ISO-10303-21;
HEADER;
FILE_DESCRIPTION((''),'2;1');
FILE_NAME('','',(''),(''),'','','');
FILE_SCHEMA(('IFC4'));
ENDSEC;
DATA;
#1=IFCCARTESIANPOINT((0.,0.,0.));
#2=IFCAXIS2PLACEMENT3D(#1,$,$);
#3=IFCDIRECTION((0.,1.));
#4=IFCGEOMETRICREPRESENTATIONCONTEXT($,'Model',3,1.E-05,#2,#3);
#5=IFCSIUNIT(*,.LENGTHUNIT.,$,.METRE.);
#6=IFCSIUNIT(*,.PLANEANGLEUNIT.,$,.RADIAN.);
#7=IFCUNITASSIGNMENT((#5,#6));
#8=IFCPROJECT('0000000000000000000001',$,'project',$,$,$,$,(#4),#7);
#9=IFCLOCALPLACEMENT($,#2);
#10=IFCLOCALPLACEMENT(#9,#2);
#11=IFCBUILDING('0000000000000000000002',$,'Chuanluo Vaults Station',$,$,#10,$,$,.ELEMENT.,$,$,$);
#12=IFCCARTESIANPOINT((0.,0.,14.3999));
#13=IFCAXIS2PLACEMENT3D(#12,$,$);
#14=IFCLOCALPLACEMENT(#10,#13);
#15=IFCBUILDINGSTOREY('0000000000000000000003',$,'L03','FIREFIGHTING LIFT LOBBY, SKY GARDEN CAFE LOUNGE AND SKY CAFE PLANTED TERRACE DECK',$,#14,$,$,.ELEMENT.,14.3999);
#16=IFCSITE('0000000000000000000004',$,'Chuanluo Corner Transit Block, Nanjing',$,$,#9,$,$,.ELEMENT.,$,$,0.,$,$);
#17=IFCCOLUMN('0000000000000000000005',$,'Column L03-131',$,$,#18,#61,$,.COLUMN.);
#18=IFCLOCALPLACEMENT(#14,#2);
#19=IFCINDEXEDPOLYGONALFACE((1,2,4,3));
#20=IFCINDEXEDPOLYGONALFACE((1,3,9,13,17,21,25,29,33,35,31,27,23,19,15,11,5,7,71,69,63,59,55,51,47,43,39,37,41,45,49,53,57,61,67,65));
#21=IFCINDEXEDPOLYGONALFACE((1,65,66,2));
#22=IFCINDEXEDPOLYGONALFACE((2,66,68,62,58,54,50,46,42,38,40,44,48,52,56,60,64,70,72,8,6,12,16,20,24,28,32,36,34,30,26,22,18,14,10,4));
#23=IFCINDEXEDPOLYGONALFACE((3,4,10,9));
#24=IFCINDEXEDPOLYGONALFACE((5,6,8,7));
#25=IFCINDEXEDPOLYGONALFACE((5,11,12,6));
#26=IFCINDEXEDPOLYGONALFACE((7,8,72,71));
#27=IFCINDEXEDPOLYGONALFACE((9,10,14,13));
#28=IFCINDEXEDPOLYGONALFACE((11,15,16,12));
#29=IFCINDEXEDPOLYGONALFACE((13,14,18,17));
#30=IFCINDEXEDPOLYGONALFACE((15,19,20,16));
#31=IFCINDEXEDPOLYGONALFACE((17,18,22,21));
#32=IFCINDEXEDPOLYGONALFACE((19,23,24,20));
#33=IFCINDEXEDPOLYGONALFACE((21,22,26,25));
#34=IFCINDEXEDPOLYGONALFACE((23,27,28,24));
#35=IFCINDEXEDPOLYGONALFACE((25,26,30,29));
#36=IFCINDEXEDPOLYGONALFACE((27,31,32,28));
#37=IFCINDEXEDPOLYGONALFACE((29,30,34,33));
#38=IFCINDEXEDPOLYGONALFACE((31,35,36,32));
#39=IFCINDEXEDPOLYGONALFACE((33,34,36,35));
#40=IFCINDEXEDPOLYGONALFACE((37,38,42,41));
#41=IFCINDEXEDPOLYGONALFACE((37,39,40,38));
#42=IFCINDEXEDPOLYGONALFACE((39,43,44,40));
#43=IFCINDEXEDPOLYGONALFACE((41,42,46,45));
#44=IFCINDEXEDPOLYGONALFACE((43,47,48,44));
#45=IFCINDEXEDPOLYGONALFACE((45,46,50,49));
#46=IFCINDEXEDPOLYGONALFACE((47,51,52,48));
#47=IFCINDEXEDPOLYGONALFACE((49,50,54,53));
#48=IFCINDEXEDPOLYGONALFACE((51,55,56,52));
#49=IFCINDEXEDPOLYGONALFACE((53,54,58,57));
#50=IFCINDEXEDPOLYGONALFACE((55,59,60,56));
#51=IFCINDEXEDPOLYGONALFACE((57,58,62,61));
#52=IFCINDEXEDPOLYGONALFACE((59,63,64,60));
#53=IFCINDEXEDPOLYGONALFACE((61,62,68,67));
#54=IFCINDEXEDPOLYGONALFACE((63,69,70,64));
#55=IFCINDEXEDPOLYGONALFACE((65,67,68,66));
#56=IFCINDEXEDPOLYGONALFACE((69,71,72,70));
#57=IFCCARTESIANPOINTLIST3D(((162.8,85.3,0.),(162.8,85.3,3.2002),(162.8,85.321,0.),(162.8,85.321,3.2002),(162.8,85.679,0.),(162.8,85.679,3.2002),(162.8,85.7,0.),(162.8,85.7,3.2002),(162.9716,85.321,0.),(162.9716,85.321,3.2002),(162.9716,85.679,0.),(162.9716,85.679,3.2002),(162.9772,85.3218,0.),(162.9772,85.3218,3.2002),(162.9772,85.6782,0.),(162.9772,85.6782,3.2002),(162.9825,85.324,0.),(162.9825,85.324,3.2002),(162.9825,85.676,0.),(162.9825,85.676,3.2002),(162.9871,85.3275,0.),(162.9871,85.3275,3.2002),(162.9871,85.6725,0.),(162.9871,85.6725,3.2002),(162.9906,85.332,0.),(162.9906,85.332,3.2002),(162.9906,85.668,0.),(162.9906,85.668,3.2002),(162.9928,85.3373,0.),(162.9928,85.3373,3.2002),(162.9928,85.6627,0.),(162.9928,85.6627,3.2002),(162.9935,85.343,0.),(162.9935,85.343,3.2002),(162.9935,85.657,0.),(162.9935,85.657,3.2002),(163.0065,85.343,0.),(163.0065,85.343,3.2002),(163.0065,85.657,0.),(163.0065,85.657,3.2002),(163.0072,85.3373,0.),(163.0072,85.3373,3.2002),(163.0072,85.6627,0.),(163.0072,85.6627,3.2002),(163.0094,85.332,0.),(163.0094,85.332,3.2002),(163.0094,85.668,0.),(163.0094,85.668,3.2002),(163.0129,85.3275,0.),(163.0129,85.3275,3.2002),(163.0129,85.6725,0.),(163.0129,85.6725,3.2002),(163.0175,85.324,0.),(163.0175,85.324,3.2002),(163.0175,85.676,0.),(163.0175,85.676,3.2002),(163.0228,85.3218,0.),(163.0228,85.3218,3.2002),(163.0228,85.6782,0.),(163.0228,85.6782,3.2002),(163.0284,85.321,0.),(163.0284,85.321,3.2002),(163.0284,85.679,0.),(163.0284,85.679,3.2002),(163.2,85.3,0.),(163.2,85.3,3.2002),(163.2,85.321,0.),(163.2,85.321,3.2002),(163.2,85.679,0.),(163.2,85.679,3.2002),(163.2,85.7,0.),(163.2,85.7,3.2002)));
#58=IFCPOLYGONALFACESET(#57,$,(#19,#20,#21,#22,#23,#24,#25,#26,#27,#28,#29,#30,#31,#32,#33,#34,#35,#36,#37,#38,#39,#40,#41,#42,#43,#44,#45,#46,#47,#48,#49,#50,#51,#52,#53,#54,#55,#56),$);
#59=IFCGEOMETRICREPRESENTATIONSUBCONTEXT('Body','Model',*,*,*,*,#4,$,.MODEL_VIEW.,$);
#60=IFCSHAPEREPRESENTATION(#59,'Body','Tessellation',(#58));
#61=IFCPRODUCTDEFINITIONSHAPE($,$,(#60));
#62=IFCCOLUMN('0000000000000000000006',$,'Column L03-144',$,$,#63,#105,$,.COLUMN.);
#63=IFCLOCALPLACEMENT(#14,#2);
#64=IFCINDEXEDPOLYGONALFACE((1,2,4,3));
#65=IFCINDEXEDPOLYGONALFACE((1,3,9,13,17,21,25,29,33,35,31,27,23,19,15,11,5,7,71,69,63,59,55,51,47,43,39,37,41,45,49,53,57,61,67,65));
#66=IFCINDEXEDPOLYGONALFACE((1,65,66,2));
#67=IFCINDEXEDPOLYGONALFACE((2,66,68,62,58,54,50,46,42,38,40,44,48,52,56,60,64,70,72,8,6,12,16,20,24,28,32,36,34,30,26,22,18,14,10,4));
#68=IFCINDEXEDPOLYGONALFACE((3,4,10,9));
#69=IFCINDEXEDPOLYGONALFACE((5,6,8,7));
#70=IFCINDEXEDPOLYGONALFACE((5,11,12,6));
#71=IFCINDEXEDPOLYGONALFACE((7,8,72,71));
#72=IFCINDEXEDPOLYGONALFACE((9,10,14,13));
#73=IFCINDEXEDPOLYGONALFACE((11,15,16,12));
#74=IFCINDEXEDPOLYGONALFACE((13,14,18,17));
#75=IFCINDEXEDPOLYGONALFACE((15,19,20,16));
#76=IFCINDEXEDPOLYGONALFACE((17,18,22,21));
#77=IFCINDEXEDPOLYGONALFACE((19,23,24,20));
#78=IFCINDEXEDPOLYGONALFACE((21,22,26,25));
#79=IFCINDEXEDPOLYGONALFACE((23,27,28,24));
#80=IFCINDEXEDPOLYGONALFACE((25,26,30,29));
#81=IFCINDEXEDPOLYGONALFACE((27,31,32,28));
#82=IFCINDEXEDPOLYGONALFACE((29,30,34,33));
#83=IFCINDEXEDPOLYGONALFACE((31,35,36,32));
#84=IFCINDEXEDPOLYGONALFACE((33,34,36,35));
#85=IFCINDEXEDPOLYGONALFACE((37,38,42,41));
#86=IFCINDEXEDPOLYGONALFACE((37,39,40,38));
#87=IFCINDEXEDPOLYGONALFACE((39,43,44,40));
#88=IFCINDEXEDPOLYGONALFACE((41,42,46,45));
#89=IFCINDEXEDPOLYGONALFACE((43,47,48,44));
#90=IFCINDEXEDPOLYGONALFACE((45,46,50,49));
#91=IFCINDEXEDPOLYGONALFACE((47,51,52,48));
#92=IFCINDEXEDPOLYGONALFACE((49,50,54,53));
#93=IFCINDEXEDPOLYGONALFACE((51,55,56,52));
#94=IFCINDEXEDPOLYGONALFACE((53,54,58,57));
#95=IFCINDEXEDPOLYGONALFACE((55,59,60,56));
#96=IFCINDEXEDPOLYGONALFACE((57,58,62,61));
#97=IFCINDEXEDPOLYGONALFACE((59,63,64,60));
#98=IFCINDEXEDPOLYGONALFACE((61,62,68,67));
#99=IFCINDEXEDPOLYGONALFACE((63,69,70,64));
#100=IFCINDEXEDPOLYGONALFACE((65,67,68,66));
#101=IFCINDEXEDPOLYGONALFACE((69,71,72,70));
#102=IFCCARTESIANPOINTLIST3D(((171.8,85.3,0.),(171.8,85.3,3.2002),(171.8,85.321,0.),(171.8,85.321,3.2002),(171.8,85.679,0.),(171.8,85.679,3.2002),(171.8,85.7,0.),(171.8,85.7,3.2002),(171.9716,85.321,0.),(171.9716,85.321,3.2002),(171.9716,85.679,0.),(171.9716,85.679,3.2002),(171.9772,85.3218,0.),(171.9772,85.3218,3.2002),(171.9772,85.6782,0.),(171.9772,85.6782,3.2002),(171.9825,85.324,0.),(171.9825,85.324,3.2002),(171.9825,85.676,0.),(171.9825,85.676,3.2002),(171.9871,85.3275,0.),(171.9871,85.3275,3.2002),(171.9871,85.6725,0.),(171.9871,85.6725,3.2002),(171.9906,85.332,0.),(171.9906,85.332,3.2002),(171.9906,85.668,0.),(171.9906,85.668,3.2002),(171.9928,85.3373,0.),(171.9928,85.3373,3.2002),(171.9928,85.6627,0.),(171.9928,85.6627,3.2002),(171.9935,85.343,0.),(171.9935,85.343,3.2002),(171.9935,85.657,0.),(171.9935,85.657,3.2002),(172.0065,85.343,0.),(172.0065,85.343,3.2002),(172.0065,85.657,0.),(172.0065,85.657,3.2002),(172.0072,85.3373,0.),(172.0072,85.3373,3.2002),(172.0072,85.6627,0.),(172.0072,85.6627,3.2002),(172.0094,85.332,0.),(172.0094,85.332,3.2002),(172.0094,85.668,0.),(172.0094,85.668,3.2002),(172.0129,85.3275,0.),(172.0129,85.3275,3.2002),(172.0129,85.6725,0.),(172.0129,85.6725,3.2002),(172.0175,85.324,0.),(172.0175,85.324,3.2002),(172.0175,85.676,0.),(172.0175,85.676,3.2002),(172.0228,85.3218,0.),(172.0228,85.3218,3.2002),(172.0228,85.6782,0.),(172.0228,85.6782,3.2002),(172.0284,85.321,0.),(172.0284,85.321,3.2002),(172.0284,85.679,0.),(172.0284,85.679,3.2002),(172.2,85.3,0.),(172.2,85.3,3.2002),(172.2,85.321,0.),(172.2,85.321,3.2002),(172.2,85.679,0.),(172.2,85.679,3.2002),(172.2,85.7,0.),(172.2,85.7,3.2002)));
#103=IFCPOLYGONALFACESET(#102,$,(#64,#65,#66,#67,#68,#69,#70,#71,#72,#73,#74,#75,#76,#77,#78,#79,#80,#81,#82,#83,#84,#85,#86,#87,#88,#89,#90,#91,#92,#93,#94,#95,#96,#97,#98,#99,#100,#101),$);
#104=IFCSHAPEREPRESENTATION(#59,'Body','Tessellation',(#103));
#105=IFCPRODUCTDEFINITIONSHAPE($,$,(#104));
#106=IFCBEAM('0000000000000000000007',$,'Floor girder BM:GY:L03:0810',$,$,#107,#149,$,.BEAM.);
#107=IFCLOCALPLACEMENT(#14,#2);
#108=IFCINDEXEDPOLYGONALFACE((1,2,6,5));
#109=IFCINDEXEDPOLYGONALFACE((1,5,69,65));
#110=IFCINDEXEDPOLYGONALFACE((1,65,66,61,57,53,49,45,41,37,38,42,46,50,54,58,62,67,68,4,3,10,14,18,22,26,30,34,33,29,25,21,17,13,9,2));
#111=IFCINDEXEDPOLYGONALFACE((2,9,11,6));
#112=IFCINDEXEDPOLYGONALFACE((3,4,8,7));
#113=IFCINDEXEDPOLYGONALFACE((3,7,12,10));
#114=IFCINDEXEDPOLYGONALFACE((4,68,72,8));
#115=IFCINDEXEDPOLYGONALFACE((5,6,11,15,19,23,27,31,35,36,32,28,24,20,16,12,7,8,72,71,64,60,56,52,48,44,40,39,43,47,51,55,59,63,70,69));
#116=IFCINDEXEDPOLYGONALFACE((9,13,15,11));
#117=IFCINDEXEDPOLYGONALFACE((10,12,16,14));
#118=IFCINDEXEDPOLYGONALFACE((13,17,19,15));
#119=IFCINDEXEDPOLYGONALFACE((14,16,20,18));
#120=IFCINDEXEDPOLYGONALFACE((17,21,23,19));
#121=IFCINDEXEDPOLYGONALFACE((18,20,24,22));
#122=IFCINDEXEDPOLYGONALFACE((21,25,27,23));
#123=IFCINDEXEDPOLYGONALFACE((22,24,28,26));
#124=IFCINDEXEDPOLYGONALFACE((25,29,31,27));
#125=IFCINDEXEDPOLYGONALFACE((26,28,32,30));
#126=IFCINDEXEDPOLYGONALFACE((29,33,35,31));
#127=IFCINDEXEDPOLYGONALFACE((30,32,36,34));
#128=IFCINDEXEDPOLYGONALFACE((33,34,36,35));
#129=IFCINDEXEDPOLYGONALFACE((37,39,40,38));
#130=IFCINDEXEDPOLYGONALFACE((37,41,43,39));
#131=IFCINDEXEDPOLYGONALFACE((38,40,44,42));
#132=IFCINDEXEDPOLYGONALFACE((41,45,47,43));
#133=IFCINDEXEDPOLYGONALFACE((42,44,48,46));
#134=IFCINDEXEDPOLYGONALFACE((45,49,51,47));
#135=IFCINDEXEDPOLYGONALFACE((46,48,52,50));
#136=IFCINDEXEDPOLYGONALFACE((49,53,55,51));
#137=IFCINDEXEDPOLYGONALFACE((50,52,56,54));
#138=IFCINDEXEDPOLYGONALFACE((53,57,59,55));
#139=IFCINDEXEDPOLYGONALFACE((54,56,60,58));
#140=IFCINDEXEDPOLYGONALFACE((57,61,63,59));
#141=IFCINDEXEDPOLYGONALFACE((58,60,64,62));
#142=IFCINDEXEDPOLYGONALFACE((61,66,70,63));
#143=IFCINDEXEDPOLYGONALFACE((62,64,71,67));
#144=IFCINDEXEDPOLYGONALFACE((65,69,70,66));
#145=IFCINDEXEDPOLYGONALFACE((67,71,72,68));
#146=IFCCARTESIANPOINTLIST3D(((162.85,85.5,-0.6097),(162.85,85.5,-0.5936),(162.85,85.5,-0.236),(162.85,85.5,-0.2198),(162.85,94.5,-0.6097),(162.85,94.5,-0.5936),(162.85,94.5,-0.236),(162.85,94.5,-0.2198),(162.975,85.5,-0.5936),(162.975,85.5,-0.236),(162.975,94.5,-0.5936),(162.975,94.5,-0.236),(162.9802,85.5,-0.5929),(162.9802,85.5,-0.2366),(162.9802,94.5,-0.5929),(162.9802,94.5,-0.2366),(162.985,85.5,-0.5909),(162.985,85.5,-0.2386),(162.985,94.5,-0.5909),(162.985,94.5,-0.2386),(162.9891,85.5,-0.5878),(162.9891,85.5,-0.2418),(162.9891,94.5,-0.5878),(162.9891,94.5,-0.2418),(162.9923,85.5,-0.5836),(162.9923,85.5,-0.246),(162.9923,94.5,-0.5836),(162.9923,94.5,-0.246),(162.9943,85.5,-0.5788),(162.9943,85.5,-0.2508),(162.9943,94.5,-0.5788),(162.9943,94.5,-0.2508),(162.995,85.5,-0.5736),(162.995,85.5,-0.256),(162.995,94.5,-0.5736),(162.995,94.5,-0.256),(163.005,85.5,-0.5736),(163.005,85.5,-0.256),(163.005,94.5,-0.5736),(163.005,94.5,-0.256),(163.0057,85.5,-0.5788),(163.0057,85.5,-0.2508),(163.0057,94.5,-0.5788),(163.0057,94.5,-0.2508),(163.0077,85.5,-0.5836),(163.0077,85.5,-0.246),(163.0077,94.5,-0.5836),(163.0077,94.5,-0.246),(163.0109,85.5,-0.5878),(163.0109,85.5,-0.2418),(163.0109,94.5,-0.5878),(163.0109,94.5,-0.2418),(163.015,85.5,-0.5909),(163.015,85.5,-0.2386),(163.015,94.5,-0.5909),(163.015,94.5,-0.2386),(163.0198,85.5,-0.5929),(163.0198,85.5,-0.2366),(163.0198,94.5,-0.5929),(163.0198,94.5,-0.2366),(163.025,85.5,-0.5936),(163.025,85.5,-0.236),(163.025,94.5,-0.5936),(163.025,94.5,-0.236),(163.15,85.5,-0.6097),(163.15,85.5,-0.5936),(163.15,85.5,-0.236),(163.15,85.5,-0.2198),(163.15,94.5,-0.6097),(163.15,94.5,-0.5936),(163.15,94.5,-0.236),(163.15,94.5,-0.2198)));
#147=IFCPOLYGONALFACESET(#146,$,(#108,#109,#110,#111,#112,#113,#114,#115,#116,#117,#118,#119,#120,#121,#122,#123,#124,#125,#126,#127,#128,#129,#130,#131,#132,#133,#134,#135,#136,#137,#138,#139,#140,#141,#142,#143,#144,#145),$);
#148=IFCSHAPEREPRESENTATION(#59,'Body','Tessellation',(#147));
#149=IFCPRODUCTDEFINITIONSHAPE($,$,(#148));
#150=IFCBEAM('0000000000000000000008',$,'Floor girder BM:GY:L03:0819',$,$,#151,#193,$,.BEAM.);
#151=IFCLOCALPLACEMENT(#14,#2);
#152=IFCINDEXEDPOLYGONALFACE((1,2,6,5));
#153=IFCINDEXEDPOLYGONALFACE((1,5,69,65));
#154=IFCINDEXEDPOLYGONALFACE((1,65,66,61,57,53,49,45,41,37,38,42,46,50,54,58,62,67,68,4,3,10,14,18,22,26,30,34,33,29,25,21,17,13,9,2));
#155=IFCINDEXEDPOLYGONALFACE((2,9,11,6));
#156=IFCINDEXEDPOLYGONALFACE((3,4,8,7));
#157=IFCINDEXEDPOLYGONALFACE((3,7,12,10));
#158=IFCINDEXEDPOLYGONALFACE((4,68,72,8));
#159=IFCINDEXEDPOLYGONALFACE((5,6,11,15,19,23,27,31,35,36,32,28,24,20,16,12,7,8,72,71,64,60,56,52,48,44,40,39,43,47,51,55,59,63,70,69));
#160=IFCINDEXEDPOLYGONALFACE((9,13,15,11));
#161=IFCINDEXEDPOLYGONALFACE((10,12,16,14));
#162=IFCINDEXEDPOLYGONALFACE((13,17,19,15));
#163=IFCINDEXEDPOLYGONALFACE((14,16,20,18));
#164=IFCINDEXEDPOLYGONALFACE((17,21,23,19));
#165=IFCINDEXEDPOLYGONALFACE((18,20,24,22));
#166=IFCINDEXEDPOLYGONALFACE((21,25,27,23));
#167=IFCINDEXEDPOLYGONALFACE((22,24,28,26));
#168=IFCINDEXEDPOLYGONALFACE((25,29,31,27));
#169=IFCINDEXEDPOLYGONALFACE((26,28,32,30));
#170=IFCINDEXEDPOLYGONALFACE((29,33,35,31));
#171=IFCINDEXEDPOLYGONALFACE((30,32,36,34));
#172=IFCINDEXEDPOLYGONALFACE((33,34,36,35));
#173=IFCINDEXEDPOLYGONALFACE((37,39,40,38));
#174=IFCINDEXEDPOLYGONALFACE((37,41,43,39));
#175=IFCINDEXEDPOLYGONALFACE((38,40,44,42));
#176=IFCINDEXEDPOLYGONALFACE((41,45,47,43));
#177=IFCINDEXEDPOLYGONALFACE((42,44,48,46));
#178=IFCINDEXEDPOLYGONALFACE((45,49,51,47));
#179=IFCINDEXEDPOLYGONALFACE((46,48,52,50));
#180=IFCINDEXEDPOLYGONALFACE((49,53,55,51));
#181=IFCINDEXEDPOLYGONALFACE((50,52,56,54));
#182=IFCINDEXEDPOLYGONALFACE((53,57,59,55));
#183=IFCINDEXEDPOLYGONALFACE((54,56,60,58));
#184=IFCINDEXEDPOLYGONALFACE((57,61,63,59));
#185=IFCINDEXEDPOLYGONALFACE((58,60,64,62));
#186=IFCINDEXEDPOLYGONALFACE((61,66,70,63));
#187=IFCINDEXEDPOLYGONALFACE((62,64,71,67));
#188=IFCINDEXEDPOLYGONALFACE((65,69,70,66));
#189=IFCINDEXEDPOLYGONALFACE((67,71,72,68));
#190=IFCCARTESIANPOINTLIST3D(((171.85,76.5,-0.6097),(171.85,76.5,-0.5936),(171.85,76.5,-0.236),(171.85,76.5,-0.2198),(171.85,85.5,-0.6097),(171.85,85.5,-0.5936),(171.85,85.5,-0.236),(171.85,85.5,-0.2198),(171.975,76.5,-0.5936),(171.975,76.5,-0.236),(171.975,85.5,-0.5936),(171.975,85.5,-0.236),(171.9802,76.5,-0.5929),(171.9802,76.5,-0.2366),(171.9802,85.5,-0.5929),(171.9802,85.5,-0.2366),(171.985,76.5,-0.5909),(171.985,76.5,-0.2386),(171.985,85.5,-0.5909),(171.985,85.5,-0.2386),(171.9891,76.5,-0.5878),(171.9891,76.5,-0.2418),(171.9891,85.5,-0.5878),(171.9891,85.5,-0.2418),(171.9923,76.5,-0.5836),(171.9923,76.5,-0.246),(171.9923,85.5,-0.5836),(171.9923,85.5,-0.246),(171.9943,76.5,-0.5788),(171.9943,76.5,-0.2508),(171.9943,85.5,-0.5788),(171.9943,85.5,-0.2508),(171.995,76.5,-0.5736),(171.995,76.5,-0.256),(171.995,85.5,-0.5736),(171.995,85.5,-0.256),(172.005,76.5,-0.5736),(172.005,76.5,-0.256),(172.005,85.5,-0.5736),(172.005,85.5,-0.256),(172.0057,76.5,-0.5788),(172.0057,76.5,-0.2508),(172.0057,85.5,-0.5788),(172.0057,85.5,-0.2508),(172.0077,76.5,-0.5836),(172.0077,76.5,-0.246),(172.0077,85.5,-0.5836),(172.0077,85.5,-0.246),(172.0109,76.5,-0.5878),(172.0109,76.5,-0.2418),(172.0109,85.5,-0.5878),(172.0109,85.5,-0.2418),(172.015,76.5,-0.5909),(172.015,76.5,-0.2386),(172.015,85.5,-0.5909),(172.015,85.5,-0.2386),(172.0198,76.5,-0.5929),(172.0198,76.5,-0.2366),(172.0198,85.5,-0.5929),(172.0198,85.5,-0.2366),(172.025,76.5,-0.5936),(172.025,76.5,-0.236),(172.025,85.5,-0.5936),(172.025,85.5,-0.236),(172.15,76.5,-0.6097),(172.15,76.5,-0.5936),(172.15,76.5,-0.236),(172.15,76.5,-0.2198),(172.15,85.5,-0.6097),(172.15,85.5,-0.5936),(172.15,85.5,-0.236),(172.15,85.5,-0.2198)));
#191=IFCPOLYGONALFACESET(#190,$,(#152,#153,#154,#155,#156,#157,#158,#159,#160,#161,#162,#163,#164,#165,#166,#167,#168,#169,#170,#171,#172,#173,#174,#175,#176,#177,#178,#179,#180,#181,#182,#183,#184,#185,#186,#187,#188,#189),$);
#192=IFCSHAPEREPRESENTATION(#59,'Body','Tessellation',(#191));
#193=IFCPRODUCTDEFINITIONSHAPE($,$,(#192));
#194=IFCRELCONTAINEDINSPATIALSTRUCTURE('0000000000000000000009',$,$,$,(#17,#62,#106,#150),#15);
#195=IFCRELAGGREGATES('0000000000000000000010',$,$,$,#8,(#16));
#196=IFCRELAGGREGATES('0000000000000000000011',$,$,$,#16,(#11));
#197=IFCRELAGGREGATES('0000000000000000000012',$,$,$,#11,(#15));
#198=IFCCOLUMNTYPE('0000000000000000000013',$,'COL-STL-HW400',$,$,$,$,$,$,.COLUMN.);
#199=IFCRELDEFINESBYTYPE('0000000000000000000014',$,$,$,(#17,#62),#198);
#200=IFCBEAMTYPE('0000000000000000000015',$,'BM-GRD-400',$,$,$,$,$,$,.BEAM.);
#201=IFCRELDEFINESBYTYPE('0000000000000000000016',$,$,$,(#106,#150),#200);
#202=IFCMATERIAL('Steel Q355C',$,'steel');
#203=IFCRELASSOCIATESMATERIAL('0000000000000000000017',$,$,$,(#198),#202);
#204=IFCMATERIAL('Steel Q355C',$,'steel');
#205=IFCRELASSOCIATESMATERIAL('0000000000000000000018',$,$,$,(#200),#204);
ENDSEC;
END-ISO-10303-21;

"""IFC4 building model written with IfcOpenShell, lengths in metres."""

from ifc_helpers import new_model, si_unit, direction, frame, origin, origin_2d, place, context, subcontext, project, spatial, i_section, extrude, material, material_profile, profile_set, type_object, element, save


model = new_model("IFC4")

# Units and contexts
model_context = context("Model", 3, precision=1e-05, world=origin(), true_north=direction((0.0, 1.0)))
body_context = subcontext(model_context, "Body", "Model", "MODEL_VIEW")
ifc_project = project(units=[si_unit("LENGTHUNIT", "METRE"), si_unit("PLANEANGLEUNIT", "RADIAN")], contexts=[model_context])

# Site, building, storey
site_placement = place(None, origin())
site = spatial("IfcSite", under=ifc_project, at=site_placement, Name="Chuanluo Corner Transit Block, Nanjing", CompositionType="ELEMENT", RefElevation=0.0)
building_placement = place(site_placement, origin())
building = spatial("IfcBuilding", under=site, at=building_placement, Name="Chuanluo Vaults Station", CompositionType="ELEMENT")
storey_placement = place(building_placement, frame((0.0, 0.0, 14.3999)))
storey = spatial("IfcBuildingStorey", under=building, at=storey_placement, Name="L03", Description="FIREFIGHTING LIFT LOBBY, SKY GARDEN CAFE LOUNGE AND SKY CAFE PLANTED TERRACE DECK", CompositionType="ELEMENT", Elevation=14.3999)

# Columns
ifc_material_1 = material(Name="Steel Q355C", Category="steel")
ifc_material_profile_1 = material_profile(ifc_material_1, i_section(OverallWidth=0.3999, OverallDepth=0.3999, WebThickness=0.0129, FlangeThickness=0.021, FilletRadius=0.022, at=origin_2d()))
ifc_profile_set_1 = profile_set([ifc_material_profile_1], Name="Steel Q355C")
column_type = type_object("IfcColumnType", Name="COL-STL-HW400", PredefinedType="COLUMN", material=ifc_profile_set_1)
for number, where, z_axis, x_axis, name in (
    (1, (163.0, 85.5, 0.0), (0.0, 0.0, 1.0), (1.0, 0.0, 0.0), "Column L03-131"),
    (2, (172.0, 85.5, 0.0), (0.0, 0.0, 1.0), (1.0, 0.0, 0.0), "Column L03-144"),
):
    element("IfcColumn", number, at=place(storey_placement, frame(where, z_axis=z_axis, x_axis=x_axis)), inside=storey, type_object=column_type, Name=name, PredefinedType="COLUMN", context=body_context, shape_type="SweptSolid", body=[
        extrude(i_section(OverallWidth=0.3999, OverallDepth=0.3999, WebThickness=0.0129, FlangeThickness=0.021, FilletRadius=0.022, at=origin_2d()), origin(), (0.0, 0.0, 1.0), 3.2002),
    ])

# Beams
ifc_material_2 = material(Name="Steel Q355C", Category="steel")
ifc_material_profile_2 = material_profile(ifc_material_2, i_section(OverallWidth=0.3, OverallDepth=0.3899, WebThickness=0.01, FlangeThickness=0.0161, FilletRadius=0.02, at=origin_2d()))
ifc_profile_set_2 = profile_set([ifc_material_profile_2], Name="Steel Q355C")
beam_type_1 = type_object("IfcBeamType", Name="BM-GRD-400", PredefinedType="BEAM", material=ifc_profile_set_2)
for number, where, z_axis, x_axis, name in (
    (3, (163.0, 85.5, -0.4148), (0.0, 1.0, 0.0), (-1.0, 0.0, 0.0), "Floor girder BM:GY:L03:0810"),
    (4, (172.0, 76.5, -0.4148), (0.0, 1.0, 0.0), (-1.0, 0.0, 0.0), "Floor girder BM:GY:L03:0819"),
):
    element("IfcBeam", number, at=place(storey_placement, frame(where, z_axis=z_axis, x_axis=x_axis)), inside=storey, type_object=beam_type_1, Name=name, PredefinedType="BEAM", context=body_context, shape_type="SweptSolid", body=[
        extrude(i_section(OverallWidth=0.3, OverallDepth=0.3899, WebThickness=0.01, FlangeThickness=0.0161, FilletRadius=0.02, at=origin_2d()), origin(), (0.0, 0.0, 1.0), 9.0),
    ])

save(model, "model.ifc")
